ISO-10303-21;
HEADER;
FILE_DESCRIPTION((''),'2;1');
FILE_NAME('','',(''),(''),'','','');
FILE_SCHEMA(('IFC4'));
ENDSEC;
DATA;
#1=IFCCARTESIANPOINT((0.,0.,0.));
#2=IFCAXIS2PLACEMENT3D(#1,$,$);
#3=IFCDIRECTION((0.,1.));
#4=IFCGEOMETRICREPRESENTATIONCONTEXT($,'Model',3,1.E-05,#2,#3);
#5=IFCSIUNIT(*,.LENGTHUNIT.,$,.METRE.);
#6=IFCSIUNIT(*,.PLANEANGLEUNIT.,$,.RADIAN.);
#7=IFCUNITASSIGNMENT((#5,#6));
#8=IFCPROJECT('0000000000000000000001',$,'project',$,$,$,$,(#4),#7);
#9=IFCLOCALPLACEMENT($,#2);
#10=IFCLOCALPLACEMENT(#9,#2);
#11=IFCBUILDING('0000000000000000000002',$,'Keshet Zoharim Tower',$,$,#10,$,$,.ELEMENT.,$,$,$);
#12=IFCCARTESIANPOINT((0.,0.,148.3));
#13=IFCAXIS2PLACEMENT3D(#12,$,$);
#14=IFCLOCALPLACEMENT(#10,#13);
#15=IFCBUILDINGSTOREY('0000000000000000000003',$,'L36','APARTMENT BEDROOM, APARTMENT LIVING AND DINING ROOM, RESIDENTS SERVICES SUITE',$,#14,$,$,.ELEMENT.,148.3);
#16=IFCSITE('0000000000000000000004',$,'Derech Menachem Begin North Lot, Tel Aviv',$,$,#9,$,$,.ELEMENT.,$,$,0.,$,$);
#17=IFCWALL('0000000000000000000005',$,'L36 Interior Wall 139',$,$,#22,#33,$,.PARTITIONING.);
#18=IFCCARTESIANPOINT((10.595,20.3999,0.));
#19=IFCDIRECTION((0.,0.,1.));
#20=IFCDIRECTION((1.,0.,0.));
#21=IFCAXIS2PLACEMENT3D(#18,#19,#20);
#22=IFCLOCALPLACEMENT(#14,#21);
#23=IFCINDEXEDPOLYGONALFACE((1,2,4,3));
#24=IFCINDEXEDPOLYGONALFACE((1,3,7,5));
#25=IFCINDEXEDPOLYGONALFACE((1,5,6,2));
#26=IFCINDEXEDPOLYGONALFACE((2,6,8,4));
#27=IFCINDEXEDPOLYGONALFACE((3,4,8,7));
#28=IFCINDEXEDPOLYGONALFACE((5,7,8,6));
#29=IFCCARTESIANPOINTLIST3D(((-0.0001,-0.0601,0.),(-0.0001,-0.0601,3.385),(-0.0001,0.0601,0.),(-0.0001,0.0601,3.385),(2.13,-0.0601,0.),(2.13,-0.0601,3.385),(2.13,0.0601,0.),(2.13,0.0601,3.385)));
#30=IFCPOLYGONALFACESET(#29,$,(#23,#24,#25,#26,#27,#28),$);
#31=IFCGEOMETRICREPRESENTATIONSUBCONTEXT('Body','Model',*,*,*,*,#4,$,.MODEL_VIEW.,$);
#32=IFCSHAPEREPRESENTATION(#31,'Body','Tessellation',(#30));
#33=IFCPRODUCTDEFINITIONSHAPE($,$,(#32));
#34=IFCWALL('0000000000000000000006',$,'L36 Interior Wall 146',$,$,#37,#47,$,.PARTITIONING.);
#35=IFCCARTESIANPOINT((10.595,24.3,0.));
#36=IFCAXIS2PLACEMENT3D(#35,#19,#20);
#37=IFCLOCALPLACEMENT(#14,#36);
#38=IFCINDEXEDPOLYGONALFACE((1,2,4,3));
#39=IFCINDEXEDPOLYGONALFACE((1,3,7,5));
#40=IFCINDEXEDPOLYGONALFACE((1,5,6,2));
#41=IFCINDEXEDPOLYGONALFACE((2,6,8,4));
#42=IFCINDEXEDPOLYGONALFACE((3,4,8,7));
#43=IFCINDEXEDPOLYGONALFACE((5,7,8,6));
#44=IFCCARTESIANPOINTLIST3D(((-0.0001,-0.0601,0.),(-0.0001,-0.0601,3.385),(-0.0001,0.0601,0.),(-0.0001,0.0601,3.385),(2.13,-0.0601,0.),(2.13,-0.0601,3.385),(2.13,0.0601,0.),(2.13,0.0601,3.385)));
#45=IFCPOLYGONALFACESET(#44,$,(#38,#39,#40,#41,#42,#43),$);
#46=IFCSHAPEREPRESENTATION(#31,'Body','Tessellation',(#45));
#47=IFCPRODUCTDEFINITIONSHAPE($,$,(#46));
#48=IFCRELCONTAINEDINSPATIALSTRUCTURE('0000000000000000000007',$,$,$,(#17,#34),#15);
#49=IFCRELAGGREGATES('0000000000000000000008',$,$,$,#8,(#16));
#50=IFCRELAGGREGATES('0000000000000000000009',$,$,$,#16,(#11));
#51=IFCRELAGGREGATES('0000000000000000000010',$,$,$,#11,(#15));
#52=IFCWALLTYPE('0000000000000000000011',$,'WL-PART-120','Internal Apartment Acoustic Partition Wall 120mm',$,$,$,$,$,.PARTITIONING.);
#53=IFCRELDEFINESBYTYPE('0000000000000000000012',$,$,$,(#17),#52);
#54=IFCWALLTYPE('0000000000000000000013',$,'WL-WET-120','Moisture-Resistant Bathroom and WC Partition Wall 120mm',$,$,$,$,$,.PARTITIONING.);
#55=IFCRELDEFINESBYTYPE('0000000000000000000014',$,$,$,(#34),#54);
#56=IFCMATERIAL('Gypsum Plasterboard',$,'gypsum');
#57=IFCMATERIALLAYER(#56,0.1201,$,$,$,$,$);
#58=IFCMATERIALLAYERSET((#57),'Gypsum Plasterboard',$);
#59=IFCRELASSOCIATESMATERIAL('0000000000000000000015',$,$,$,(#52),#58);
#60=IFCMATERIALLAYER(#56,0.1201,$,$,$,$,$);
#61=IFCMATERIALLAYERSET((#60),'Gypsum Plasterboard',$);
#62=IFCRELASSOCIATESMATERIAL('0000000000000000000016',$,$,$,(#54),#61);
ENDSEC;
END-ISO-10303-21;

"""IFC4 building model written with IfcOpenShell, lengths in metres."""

from ifc_helpers import new_model, si_unit, direction, frame, frame_2d, origin, place, context, subcontext, project, spatial, rectangle, extrude, material, layer, layer_set, type_object, element, save


model = new_model("IFC4")

# Units and contexts
model_context = context("Model", 3, precision=1e-05, world=origin(), true_north=direction((0.0, 1.0)))
body_context = subcontext(model_context, "Body", "Model", "MODEL_VIEW")
ifc_project = project(units=[si_unit("LENGTHUNIT", "METRE"), si_unit("PLANEANGLEUNIT", "RADIAN")], contexts=[model_context])

# Site, building, storey
site_placement = place(None, origin())
site = spatial("IfcSite", under=ifc_project, at=site_placement, Name="Derech Menachem Begin North Lot, Tel Aviv", CompositionType="ELEMENT", RefElevation=0.0)
building_placement = place(site_placement, origin())
building = spatial("IfcBuilding", under=site, at=building_placement, Name="Keshet Zoharim Tower", CompositionType="ELEMENT")
storey_placement = place(building_placement, frame((0.0, 0.0, 148.3)))
storey = spatial("IfcBuildingStorey", under=building, at=storey_placement, Name="L36", Description="APARTMENT BEDROOM, APARTMENT LIVING AND DINING ROOM, RESIDENTS SERVICES SUITE", CompositionType="ELEMENT", Elevation=148.3)

# Shared definitions
ifc_material_1 = material(Name="Gypsum Plasterboard", Category="gypsum")

# Shared definitions
ifc_layer_1 = layer(ifc_material_1, 0.1201)
ifc_layer_set_1 = layer_set([ifc_layer_1], Name="Gypsum Plasterboard")
wall_type_1 = type_object("IfcWallType", Name="WL-PART-120", Description="Internal Apartment Acoustic Partition Wall 120mm", PredefinedType="PARTITIONING", material=ifc_layer_set_1)

# Wall
wall_1_placement = place(storey_placement, frame((10.595, 20.3999, 0.0), z_axis=(0.0, 0.0, 1.0), x_axis=(1.0, 0.0, 0.0)))
element("IfcWall", 1, at=wall_1_placement, inside=storey, type_object=wall_type_1, Name="L36 Interior Wall 139", PredefinedType="PARTITIONING", context=body_context, shape_type="SweptSolid", body=[
    extrude(rectangle(XDim=2.1301, YDim=0.1201, at=frame_2d((1.0649, 0.0))), origin(), (0.0, 0.0, 1.0), 3.385),
])

# Shared definitions
ifc_layer_2 = layer(ifc_material_1, 0.1201)
ifc_layer_set_2 = layer_set([ifc_layer_2], Name="Gypsum Plasterboard")
wall_type_2 = type_object("IfcWallType", Name="WL-WET-120", Description="Moisture-Resistant Bathroom and WC Partition Wall 120mm", PredefinedType="PARTITIONING", material=ifc_layer_set_2)

# Wall
wall_2_placement = place(storey_placement, frame((10.595, 24.3, 0.0), z_axis=(0.0, 0.0, 1.0), x_axis=(1.0, 0.0, 0.0)))
element("IfcWall", 2, at=wall_2_placement, inside=storey, type_object=wall_type_2, Name="L36 Interior Wall 146", PredefinedType="PARTITIONING", context=body_context, shape_type="SweptSolid", body=[
    extrude(rectangle(XDim=2.1301, YDim=0.1201, at=frame_2d((1.0649, 0.0))), origin(), (0.0, 0.0, 1.0), 3.385),
])

save(model, "model.ifc")
